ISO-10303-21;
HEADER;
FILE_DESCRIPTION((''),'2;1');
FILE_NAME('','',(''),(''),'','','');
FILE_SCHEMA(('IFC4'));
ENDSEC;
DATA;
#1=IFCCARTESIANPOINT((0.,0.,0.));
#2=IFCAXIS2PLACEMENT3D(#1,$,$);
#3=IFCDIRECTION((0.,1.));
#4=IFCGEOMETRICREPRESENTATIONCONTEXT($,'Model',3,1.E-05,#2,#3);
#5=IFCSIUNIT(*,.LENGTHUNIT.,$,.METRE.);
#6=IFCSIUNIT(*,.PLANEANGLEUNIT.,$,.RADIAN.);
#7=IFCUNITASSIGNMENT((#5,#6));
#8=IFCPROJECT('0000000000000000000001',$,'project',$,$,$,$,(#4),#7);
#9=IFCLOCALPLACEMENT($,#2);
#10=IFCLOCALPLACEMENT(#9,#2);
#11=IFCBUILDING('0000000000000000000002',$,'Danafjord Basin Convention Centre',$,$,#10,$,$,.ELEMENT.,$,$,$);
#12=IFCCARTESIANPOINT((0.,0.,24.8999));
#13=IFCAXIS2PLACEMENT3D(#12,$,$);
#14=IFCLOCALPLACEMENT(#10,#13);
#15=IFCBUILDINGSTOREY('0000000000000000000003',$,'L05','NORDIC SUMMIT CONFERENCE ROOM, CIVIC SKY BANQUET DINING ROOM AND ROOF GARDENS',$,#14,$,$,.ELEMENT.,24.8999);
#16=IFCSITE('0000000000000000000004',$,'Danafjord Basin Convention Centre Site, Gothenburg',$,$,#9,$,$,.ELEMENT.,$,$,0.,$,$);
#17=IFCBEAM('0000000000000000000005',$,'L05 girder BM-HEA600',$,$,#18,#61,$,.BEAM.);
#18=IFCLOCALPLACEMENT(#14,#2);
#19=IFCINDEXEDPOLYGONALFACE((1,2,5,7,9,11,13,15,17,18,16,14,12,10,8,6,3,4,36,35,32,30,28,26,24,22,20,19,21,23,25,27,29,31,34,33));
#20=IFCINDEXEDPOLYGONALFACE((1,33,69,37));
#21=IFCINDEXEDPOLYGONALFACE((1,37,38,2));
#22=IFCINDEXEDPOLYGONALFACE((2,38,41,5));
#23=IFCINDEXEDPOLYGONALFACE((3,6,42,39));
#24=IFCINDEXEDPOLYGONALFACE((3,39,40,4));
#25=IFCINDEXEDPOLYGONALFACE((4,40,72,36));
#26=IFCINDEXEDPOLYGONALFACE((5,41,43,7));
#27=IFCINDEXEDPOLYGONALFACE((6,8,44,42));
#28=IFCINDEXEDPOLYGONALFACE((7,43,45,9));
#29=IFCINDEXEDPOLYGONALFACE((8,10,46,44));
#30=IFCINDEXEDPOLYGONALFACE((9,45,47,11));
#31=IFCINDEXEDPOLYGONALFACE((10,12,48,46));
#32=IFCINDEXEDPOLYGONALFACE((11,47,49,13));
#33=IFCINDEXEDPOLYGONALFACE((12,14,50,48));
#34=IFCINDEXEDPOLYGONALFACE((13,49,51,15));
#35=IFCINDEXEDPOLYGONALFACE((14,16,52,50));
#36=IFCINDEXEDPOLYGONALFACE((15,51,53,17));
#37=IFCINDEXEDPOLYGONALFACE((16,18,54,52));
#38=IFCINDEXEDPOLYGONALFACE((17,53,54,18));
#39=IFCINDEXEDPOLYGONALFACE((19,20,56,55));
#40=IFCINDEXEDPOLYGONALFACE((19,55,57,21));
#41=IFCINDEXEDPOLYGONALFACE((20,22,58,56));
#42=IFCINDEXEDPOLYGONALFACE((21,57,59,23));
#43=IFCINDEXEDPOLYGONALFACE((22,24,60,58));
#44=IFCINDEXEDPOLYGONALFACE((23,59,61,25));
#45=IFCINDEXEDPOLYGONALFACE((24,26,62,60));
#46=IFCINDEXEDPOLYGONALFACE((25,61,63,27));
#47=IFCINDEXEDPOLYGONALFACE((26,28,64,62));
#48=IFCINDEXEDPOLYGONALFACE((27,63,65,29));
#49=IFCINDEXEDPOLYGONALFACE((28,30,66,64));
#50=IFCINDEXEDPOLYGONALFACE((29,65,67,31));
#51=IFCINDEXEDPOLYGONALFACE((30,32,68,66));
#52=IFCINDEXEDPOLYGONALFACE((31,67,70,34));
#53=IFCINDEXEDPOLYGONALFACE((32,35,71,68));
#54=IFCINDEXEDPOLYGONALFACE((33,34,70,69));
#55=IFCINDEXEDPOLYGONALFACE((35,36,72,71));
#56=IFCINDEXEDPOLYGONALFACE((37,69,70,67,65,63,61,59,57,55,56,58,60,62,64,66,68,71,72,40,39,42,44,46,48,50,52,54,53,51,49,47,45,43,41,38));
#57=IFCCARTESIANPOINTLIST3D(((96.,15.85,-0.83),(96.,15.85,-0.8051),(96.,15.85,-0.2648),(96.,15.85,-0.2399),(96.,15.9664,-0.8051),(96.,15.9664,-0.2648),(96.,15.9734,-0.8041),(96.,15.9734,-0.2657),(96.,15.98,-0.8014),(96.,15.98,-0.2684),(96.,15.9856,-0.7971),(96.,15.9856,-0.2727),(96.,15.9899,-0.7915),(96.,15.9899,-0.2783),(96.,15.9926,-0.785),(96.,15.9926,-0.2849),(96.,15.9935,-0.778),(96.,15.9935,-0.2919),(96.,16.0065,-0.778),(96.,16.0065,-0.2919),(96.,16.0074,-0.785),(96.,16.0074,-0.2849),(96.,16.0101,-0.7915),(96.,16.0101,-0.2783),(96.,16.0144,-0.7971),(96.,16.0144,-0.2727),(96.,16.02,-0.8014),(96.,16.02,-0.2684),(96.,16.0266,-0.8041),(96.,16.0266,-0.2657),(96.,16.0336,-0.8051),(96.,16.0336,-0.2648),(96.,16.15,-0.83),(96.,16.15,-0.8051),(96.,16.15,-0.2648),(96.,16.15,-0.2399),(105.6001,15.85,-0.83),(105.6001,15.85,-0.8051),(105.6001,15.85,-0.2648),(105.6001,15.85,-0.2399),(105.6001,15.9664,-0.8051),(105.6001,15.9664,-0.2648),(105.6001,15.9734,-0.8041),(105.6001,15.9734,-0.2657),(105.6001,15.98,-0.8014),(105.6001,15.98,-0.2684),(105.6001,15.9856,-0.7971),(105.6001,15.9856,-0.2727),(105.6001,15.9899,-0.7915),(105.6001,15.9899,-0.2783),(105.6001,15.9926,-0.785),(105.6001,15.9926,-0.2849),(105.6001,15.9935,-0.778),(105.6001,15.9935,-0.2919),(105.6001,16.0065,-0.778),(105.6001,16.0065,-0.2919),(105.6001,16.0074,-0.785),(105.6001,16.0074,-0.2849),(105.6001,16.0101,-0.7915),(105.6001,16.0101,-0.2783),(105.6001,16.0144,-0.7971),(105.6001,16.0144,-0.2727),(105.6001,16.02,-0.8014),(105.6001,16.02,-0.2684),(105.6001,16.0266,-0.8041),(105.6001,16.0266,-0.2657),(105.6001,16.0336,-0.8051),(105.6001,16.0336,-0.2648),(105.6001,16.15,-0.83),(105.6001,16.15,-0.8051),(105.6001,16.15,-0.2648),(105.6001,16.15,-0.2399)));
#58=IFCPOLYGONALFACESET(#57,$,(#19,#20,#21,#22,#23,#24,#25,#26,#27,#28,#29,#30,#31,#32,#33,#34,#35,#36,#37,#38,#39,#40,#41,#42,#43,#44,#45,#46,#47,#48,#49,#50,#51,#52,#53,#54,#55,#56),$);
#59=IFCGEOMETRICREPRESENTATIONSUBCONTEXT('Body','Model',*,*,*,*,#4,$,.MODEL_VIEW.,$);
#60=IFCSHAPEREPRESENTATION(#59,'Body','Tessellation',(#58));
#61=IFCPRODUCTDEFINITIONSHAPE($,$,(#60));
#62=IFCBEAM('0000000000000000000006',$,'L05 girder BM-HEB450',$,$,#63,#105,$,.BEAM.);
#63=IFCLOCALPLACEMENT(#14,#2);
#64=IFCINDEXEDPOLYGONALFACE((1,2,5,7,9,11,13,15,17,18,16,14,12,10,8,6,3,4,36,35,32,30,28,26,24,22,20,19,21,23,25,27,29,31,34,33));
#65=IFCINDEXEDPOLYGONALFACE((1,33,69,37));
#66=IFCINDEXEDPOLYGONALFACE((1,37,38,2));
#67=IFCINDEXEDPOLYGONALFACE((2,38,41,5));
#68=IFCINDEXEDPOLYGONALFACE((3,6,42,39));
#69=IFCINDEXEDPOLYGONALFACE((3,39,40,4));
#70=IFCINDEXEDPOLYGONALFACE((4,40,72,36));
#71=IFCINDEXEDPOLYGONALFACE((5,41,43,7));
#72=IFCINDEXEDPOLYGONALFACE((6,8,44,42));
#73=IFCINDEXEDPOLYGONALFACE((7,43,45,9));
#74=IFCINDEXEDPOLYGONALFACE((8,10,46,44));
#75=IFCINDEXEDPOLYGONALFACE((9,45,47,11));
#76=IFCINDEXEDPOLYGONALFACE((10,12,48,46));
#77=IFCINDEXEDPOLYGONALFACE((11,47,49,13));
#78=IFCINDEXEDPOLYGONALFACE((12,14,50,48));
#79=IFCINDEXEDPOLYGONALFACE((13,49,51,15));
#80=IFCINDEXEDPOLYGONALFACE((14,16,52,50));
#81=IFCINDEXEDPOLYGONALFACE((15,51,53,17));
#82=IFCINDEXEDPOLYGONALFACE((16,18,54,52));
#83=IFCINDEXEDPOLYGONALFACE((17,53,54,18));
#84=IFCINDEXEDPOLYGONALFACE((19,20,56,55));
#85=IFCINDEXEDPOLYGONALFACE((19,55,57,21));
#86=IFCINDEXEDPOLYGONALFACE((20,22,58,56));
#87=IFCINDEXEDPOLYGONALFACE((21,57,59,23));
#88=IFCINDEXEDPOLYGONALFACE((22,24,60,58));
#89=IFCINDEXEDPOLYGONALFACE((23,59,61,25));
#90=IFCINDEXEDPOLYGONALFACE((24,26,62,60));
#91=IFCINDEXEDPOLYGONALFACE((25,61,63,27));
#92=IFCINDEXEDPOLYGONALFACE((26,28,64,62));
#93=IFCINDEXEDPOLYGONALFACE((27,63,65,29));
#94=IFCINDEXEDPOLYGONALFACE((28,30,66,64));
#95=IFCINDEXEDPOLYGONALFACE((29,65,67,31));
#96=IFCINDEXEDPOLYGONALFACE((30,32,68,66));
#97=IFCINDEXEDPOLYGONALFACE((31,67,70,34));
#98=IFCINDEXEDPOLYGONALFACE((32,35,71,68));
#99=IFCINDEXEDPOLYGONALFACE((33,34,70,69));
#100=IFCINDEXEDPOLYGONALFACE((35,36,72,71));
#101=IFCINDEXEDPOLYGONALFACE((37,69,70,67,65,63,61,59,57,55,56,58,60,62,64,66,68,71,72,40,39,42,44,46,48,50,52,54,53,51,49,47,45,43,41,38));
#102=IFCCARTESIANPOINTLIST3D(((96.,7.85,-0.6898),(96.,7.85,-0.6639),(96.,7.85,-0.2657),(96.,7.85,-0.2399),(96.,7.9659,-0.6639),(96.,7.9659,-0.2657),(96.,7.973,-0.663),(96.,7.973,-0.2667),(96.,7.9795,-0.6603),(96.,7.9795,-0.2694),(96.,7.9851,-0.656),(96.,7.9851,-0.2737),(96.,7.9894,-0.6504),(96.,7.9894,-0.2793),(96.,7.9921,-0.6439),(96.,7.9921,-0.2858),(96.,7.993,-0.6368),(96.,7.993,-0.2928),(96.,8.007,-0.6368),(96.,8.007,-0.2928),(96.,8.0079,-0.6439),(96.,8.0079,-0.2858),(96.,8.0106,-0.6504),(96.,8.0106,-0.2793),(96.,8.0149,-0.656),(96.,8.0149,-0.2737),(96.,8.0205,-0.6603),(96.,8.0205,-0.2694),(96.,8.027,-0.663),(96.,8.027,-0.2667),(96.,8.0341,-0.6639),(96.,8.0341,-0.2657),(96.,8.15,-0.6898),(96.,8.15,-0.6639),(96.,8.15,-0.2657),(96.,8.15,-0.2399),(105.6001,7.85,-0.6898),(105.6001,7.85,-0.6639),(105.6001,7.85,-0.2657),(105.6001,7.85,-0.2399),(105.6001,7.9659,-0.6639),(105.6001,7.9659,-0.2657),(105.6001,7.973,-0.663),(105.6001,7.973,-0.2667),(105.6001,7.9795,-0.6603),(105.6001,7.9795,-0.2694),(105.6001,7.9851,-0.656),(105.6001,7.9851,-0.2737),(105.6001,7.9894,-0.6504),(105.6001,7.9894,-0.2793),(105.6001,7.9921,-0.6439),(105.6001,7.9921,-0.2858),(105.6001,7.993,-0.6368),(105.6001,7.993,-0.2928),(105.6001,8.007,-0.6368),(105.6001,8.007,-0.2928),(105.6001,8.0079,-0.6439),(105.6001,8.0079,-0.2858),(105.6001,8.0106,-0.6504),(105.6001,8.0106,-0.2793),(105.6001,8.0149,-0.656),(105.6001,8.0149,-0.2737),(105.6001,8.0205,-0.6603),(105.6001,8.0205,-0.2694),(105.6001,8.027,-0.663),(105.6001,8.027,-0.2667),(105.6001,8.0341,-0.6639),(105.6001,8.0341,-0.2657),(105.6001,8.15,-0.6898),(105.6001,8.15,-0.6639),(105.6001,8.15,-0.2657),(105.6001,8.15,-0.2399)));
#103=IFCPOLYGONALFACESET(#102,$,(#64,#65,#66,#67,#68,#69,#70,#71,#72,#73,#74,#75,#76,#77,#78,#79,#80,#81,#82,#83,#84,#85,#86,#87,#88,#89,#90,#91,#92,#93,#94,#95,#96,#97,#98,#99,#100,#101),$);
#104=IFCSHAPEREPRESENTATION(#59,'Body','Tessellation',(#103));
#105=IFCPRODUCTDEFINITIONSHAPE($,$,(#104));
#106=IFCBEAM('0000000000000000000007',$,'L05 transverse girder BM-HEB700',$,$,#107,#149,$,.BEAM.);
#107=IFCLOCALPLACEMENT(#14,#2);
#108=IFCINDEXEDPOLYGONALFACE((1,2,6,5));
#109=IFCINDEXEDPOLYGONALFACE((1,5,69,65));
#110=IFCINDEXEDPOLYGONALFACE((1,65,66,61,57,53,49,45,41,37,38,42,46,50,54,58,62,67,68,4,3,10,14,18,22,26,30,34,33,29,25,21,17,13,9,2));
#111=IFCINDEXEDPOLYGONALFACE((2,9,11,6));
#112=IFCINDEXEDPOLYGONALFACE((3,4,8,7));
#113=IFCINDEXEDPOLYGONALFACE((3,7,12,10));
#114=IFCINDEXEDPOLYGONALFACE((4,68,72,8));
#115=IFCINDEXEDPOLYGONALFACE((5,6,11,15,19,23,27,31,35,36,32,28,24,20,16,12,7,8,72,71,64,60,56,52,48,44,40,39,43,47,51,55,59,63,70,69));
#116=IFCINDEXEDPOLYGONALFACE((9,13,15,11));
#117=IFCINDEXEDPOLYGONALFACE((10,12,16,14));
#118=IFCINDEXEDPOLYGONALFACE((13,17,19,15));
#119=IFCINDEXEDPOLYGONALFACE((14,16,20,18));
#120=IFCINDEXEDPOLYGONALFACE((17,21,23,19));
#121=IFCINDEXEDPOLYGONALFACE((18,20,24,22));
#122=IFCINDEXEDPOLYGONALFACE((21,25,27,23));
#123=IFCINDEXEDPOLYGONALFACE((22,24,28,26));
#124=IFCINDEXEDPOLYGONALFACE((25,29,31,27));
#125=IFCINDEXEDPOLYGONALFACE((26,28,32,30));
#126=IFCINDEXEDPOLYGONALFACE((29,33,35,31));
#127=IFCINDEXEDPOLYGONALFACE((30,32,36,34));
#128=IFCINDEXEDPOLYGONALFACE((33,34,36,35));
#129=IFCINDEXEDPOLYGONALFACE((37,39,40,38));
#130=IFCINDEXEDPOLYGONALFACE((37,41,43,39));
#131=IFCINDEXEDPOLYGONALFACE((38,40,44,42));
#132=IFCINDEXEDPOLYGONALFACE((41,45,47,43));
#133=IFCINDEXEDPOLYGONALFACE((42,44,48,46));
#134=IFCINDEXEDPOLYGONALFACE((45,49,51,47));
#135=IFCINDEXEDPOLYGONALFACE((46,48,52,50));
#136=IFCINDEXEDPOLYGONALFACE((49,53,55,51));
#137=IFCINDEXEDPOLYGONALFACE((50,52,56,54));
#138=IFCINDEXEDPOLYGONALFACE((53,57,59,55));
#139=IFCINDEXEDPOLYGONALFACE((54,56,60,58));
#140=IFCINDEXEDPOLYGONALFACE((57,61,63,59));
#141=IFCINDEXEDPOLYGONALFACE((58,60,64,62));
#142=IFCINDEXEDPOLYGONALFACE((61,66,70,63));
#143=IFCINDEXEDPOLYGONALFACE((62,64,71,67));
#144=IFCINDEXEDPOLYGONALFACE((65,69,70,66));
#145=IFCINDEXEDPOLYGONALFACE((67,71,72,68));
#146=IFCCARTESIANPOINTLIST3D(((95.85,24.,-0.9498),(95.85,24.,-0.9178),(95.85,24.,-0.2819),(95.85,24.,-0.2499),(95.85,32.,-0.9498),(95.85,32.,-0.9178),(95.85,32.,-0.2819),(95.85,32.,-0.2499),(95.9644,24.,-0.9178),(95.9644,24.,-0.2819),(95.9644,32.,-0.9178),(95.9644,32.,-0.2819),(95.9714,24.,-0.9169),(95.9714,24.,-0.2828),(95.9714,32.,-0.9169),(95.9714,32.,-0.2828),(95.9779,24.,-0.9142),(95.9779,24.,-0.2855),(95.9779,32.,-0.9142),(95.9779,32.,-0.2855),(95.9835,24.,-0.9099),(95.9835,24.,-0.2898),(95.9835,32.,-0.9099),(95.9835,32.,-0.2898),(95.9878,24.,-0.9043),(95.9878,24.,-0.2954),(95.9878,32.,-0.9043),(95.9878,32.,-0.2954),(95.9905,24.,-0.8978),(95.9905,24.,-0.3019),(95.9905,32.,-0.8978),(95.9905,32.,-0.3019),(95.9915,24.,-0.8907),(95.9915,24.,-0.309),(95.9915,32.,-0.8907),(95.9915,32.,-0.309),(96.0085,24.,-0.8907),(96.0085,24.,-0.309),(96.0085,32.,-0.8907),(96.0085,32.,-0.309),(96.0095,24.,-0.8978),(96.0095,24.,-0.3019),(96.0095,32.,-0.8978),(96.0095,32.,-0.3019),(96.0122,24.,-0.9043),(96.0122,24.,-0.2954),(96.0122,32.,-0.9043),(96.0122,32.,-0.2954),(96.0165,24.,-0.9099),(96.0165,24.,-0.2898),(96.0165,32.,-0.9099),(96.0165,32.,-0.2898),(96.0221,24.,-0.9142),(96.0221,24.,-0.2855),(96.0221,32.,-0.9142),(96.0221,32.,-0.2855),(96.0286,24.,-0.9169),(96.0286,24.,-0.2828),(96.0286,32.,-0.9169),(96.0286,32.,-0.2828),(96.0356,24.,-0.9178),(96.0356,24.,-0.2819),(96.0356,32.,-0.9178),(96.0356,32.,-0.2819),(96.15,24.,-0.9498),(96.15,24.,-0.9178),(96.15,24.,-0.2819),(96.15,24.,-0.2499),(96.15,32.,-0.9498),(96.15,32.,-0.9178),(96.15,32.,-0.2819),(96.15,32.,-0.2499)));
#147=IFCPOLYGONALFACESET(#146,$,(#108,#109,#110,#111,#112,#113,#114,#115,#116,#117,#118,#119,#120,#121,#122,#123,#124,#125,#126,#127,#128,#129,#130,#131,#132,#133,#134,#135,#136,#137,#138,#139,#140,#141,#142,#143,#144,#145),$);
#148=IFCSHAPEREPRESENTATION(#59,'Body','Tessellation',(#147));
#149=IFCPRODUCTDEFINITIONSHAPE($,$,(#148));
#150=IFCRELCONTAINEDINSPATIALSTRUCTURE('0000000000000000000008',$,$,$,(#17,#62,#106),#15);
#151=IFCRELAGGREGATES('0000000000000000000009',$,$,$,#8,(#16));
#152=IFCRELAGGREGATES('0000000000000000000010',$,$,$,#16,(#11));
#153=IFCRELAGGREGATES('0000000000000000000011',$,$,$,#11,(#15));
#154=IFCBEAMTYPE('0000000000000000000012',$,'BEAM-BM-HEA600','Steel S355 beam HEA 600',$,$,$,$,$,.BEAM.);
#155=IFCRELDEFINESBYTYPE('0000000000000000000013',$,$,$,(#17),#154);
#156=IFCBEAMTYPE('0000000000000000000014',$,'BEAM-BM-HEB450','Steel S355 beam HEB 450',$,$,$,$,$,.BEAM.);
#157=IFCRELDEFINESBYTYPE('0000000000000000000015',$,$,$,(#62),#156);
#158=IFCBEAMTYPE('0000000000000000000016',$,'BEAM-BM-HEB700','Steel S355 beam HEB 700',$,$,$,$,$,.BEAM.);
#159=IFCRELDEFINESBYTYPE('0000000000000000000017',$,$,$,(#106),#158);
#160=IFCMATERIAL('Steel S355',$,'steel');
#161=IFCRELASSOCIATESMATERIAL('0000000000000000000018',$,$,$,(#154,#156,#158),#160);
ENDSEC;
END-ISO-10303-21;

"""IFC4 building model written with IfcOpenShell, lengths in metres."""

from ifc_helpers import new_model, si_unit, direction, frame, origin, origin_2d, place, context, subcontext, project, spatial, i_section, extrude, material, material_profile, profile_set, type_object, element, save


model = new_model("IFC4")

# Units and contexts
model_context = context("Model", 3, precision=1e-05, world=origin(), true_north=direction((0.0, 1.0)))
body_context = subcontext(model_context, "Body", "Model", "MODEL_VIEW")
ifc_project = project(units=[si_unit("LENGTHUNIT", "METRE"), si_unit("PLANEANGLEUNIT", "RADIAN")], contexts=[model_context])

# Site, building, storey
site_placement = place(None, origin())
site = spatial("IfcSite", under=ifc_project, at=site_placement, Name="Danafjord Basin Convention Centre Site, Gothenburg", CompositionType="ELEMENT", RefElevation=0.0)
building_placement = place(site_placement, origin())
building = spatial("IfcBuilding", under=site, at=building_placement, Name="Danafjord Basin Convention Centre", CompositionType="ELEMENT")
storey_placement = place(building_placement, frame((0.0, 0.0, 24.8999)))
storey = spatial("IfcBuildingStorey", under=building, at=storey_placement, Name="L05", Description="NORDIC SUMMIT CONFERENCE ROOM, CIVIC SKY BANQUET DINING ROOM AND ROOF GARDENS", CompositionType="ELEMENT", Elevation=24.8999)

# Shared definitions
ifc_material_1 = material(Name="Steel S355", Category="steel")

# Beams
ifc_material_profile_1 = material_profile(ifc_material_1, i_section(OverallWidth=0.3, OverallDepth=0.5901, WebThickness=0.0129, FlangeThickness=0.0249, FilletRadius=0.0271, at=origin_2d()), Name="HEA 600")
ifc_profile_set_1 = profile_set([ifc_material_profile_1], Name="Steel S355")
beam_type_1 = type_object("IfcBeamType", Name="BEAM-BM-HEA600", Description="Steel S355 beam HEA 600", PredefinedType="BEAM", material=ifc_profile_set_1)
beam_1_placement = place(storey_placement, frame((96.0, 16.0, -0.5349), z_axis=(1.0, 0.0, 0.0), x_axis=(0.0, 1.0, 0.0)))
element("IfcBeam", 1, at=beam_1_placement, inside=storey, type_object=beam_type_1, Name="L05 girder BM-HEA600", PredefinedType="BEAM", context=body_context, shape_type="SweptSolid", body=[
    extrude(i_section(OverallWidth=0.3, OverallDepth=0.5901, WebThickness=0.0129, FlangeThickness=0.0249, FilletRadius=0.0271, at=origin_2d()), origin(), (0.0, 0.0, 1.0), 9.6001),
])
ifc_material_profile_2 = material_profile(ifc_material_1, i_section(OverallWidth=0.3, OverallDepth=0.45, WebThickness=0.0139, FlangeThickness=0.0259, FilletRadius=0.0271, at=origin_2d()), Name="HEB 450")
ifc_profile_set_2 = profile_set([ifc_material_profile_2], Name="Steel S355")
beam_type_2 = type_object("IfcBeamType", Name="BEAM-BM-HEB450", Description="Steel S355 beam HEB 450", PredefinedType="BEAM", material=ifc_profile_set_2)
beam_2_placement = place(storey_placement, frame((96.0, 8.0, -0.4648), z_axis=(1.0, 0.0, 0.0), x_axis=(0.0, 1.0, 0.0)))
element("IfcBeam", 2, at=beam_2_placement, inside=storey, type_object=beam_type_2, Name="L05 girder BM-HEB450", PredefinedType="BEAM", context=body_context, shape_type="SweptSolid", body=[
    extrude(i_section(OverallWidth=0.3, OverallDepth=0.45, WebThickness=0.0139, FlangeThickness=0.0259, FilletRadius=0.0271, at=origin_2d()), origin(), (0.0, 0.0, 1.0), 9.6001),
])
ifc_material_profile_3 = material_profile(ifc_material_1, i_section(OverallWidth=0.3, OverallDepth=0.7, WebThickness=0.0171, FlangeThickness=0.032, FilletRadius=0.0271, at=origin_2d()), Name="HEB 700")
ifc_profile_set_3 = profile_set([ifc_material_profile_3], Name="Steel S355")
beam_type_3 = type_object("IfcBeamType", Name="BEAM-BM-HEB700", Description="Steel S355 beam HEB 700", PredefinedType="BEAM", material=ifc_profile_set_3)
beam_3_placement = place(storey_placement, frame((96.0, 24.0, -0.5999), z_axis=(0.0, 1.0, 0.0), x_axis=(-1.0, 0.0, 0.0)))
element("IfcBeam", 3, at=beam_3_placement, inside=storey, type_object=beam_type_3, Name="L05 transverse girder BM-HEB700", PredefinedType="BEAM", context=body_context, shape_type="SweptSolid", body=[
    extrude(i_section(OverallWidth=0.3, OverallDepth=0.7, WebThickness=0.0171, FlangeThickness=0.032, FilletRadius=0.0271, at=origin_2d()), origin(), (0.0, 0.0, 1.0), 8.0),
])

save(model, "model.ifc")
